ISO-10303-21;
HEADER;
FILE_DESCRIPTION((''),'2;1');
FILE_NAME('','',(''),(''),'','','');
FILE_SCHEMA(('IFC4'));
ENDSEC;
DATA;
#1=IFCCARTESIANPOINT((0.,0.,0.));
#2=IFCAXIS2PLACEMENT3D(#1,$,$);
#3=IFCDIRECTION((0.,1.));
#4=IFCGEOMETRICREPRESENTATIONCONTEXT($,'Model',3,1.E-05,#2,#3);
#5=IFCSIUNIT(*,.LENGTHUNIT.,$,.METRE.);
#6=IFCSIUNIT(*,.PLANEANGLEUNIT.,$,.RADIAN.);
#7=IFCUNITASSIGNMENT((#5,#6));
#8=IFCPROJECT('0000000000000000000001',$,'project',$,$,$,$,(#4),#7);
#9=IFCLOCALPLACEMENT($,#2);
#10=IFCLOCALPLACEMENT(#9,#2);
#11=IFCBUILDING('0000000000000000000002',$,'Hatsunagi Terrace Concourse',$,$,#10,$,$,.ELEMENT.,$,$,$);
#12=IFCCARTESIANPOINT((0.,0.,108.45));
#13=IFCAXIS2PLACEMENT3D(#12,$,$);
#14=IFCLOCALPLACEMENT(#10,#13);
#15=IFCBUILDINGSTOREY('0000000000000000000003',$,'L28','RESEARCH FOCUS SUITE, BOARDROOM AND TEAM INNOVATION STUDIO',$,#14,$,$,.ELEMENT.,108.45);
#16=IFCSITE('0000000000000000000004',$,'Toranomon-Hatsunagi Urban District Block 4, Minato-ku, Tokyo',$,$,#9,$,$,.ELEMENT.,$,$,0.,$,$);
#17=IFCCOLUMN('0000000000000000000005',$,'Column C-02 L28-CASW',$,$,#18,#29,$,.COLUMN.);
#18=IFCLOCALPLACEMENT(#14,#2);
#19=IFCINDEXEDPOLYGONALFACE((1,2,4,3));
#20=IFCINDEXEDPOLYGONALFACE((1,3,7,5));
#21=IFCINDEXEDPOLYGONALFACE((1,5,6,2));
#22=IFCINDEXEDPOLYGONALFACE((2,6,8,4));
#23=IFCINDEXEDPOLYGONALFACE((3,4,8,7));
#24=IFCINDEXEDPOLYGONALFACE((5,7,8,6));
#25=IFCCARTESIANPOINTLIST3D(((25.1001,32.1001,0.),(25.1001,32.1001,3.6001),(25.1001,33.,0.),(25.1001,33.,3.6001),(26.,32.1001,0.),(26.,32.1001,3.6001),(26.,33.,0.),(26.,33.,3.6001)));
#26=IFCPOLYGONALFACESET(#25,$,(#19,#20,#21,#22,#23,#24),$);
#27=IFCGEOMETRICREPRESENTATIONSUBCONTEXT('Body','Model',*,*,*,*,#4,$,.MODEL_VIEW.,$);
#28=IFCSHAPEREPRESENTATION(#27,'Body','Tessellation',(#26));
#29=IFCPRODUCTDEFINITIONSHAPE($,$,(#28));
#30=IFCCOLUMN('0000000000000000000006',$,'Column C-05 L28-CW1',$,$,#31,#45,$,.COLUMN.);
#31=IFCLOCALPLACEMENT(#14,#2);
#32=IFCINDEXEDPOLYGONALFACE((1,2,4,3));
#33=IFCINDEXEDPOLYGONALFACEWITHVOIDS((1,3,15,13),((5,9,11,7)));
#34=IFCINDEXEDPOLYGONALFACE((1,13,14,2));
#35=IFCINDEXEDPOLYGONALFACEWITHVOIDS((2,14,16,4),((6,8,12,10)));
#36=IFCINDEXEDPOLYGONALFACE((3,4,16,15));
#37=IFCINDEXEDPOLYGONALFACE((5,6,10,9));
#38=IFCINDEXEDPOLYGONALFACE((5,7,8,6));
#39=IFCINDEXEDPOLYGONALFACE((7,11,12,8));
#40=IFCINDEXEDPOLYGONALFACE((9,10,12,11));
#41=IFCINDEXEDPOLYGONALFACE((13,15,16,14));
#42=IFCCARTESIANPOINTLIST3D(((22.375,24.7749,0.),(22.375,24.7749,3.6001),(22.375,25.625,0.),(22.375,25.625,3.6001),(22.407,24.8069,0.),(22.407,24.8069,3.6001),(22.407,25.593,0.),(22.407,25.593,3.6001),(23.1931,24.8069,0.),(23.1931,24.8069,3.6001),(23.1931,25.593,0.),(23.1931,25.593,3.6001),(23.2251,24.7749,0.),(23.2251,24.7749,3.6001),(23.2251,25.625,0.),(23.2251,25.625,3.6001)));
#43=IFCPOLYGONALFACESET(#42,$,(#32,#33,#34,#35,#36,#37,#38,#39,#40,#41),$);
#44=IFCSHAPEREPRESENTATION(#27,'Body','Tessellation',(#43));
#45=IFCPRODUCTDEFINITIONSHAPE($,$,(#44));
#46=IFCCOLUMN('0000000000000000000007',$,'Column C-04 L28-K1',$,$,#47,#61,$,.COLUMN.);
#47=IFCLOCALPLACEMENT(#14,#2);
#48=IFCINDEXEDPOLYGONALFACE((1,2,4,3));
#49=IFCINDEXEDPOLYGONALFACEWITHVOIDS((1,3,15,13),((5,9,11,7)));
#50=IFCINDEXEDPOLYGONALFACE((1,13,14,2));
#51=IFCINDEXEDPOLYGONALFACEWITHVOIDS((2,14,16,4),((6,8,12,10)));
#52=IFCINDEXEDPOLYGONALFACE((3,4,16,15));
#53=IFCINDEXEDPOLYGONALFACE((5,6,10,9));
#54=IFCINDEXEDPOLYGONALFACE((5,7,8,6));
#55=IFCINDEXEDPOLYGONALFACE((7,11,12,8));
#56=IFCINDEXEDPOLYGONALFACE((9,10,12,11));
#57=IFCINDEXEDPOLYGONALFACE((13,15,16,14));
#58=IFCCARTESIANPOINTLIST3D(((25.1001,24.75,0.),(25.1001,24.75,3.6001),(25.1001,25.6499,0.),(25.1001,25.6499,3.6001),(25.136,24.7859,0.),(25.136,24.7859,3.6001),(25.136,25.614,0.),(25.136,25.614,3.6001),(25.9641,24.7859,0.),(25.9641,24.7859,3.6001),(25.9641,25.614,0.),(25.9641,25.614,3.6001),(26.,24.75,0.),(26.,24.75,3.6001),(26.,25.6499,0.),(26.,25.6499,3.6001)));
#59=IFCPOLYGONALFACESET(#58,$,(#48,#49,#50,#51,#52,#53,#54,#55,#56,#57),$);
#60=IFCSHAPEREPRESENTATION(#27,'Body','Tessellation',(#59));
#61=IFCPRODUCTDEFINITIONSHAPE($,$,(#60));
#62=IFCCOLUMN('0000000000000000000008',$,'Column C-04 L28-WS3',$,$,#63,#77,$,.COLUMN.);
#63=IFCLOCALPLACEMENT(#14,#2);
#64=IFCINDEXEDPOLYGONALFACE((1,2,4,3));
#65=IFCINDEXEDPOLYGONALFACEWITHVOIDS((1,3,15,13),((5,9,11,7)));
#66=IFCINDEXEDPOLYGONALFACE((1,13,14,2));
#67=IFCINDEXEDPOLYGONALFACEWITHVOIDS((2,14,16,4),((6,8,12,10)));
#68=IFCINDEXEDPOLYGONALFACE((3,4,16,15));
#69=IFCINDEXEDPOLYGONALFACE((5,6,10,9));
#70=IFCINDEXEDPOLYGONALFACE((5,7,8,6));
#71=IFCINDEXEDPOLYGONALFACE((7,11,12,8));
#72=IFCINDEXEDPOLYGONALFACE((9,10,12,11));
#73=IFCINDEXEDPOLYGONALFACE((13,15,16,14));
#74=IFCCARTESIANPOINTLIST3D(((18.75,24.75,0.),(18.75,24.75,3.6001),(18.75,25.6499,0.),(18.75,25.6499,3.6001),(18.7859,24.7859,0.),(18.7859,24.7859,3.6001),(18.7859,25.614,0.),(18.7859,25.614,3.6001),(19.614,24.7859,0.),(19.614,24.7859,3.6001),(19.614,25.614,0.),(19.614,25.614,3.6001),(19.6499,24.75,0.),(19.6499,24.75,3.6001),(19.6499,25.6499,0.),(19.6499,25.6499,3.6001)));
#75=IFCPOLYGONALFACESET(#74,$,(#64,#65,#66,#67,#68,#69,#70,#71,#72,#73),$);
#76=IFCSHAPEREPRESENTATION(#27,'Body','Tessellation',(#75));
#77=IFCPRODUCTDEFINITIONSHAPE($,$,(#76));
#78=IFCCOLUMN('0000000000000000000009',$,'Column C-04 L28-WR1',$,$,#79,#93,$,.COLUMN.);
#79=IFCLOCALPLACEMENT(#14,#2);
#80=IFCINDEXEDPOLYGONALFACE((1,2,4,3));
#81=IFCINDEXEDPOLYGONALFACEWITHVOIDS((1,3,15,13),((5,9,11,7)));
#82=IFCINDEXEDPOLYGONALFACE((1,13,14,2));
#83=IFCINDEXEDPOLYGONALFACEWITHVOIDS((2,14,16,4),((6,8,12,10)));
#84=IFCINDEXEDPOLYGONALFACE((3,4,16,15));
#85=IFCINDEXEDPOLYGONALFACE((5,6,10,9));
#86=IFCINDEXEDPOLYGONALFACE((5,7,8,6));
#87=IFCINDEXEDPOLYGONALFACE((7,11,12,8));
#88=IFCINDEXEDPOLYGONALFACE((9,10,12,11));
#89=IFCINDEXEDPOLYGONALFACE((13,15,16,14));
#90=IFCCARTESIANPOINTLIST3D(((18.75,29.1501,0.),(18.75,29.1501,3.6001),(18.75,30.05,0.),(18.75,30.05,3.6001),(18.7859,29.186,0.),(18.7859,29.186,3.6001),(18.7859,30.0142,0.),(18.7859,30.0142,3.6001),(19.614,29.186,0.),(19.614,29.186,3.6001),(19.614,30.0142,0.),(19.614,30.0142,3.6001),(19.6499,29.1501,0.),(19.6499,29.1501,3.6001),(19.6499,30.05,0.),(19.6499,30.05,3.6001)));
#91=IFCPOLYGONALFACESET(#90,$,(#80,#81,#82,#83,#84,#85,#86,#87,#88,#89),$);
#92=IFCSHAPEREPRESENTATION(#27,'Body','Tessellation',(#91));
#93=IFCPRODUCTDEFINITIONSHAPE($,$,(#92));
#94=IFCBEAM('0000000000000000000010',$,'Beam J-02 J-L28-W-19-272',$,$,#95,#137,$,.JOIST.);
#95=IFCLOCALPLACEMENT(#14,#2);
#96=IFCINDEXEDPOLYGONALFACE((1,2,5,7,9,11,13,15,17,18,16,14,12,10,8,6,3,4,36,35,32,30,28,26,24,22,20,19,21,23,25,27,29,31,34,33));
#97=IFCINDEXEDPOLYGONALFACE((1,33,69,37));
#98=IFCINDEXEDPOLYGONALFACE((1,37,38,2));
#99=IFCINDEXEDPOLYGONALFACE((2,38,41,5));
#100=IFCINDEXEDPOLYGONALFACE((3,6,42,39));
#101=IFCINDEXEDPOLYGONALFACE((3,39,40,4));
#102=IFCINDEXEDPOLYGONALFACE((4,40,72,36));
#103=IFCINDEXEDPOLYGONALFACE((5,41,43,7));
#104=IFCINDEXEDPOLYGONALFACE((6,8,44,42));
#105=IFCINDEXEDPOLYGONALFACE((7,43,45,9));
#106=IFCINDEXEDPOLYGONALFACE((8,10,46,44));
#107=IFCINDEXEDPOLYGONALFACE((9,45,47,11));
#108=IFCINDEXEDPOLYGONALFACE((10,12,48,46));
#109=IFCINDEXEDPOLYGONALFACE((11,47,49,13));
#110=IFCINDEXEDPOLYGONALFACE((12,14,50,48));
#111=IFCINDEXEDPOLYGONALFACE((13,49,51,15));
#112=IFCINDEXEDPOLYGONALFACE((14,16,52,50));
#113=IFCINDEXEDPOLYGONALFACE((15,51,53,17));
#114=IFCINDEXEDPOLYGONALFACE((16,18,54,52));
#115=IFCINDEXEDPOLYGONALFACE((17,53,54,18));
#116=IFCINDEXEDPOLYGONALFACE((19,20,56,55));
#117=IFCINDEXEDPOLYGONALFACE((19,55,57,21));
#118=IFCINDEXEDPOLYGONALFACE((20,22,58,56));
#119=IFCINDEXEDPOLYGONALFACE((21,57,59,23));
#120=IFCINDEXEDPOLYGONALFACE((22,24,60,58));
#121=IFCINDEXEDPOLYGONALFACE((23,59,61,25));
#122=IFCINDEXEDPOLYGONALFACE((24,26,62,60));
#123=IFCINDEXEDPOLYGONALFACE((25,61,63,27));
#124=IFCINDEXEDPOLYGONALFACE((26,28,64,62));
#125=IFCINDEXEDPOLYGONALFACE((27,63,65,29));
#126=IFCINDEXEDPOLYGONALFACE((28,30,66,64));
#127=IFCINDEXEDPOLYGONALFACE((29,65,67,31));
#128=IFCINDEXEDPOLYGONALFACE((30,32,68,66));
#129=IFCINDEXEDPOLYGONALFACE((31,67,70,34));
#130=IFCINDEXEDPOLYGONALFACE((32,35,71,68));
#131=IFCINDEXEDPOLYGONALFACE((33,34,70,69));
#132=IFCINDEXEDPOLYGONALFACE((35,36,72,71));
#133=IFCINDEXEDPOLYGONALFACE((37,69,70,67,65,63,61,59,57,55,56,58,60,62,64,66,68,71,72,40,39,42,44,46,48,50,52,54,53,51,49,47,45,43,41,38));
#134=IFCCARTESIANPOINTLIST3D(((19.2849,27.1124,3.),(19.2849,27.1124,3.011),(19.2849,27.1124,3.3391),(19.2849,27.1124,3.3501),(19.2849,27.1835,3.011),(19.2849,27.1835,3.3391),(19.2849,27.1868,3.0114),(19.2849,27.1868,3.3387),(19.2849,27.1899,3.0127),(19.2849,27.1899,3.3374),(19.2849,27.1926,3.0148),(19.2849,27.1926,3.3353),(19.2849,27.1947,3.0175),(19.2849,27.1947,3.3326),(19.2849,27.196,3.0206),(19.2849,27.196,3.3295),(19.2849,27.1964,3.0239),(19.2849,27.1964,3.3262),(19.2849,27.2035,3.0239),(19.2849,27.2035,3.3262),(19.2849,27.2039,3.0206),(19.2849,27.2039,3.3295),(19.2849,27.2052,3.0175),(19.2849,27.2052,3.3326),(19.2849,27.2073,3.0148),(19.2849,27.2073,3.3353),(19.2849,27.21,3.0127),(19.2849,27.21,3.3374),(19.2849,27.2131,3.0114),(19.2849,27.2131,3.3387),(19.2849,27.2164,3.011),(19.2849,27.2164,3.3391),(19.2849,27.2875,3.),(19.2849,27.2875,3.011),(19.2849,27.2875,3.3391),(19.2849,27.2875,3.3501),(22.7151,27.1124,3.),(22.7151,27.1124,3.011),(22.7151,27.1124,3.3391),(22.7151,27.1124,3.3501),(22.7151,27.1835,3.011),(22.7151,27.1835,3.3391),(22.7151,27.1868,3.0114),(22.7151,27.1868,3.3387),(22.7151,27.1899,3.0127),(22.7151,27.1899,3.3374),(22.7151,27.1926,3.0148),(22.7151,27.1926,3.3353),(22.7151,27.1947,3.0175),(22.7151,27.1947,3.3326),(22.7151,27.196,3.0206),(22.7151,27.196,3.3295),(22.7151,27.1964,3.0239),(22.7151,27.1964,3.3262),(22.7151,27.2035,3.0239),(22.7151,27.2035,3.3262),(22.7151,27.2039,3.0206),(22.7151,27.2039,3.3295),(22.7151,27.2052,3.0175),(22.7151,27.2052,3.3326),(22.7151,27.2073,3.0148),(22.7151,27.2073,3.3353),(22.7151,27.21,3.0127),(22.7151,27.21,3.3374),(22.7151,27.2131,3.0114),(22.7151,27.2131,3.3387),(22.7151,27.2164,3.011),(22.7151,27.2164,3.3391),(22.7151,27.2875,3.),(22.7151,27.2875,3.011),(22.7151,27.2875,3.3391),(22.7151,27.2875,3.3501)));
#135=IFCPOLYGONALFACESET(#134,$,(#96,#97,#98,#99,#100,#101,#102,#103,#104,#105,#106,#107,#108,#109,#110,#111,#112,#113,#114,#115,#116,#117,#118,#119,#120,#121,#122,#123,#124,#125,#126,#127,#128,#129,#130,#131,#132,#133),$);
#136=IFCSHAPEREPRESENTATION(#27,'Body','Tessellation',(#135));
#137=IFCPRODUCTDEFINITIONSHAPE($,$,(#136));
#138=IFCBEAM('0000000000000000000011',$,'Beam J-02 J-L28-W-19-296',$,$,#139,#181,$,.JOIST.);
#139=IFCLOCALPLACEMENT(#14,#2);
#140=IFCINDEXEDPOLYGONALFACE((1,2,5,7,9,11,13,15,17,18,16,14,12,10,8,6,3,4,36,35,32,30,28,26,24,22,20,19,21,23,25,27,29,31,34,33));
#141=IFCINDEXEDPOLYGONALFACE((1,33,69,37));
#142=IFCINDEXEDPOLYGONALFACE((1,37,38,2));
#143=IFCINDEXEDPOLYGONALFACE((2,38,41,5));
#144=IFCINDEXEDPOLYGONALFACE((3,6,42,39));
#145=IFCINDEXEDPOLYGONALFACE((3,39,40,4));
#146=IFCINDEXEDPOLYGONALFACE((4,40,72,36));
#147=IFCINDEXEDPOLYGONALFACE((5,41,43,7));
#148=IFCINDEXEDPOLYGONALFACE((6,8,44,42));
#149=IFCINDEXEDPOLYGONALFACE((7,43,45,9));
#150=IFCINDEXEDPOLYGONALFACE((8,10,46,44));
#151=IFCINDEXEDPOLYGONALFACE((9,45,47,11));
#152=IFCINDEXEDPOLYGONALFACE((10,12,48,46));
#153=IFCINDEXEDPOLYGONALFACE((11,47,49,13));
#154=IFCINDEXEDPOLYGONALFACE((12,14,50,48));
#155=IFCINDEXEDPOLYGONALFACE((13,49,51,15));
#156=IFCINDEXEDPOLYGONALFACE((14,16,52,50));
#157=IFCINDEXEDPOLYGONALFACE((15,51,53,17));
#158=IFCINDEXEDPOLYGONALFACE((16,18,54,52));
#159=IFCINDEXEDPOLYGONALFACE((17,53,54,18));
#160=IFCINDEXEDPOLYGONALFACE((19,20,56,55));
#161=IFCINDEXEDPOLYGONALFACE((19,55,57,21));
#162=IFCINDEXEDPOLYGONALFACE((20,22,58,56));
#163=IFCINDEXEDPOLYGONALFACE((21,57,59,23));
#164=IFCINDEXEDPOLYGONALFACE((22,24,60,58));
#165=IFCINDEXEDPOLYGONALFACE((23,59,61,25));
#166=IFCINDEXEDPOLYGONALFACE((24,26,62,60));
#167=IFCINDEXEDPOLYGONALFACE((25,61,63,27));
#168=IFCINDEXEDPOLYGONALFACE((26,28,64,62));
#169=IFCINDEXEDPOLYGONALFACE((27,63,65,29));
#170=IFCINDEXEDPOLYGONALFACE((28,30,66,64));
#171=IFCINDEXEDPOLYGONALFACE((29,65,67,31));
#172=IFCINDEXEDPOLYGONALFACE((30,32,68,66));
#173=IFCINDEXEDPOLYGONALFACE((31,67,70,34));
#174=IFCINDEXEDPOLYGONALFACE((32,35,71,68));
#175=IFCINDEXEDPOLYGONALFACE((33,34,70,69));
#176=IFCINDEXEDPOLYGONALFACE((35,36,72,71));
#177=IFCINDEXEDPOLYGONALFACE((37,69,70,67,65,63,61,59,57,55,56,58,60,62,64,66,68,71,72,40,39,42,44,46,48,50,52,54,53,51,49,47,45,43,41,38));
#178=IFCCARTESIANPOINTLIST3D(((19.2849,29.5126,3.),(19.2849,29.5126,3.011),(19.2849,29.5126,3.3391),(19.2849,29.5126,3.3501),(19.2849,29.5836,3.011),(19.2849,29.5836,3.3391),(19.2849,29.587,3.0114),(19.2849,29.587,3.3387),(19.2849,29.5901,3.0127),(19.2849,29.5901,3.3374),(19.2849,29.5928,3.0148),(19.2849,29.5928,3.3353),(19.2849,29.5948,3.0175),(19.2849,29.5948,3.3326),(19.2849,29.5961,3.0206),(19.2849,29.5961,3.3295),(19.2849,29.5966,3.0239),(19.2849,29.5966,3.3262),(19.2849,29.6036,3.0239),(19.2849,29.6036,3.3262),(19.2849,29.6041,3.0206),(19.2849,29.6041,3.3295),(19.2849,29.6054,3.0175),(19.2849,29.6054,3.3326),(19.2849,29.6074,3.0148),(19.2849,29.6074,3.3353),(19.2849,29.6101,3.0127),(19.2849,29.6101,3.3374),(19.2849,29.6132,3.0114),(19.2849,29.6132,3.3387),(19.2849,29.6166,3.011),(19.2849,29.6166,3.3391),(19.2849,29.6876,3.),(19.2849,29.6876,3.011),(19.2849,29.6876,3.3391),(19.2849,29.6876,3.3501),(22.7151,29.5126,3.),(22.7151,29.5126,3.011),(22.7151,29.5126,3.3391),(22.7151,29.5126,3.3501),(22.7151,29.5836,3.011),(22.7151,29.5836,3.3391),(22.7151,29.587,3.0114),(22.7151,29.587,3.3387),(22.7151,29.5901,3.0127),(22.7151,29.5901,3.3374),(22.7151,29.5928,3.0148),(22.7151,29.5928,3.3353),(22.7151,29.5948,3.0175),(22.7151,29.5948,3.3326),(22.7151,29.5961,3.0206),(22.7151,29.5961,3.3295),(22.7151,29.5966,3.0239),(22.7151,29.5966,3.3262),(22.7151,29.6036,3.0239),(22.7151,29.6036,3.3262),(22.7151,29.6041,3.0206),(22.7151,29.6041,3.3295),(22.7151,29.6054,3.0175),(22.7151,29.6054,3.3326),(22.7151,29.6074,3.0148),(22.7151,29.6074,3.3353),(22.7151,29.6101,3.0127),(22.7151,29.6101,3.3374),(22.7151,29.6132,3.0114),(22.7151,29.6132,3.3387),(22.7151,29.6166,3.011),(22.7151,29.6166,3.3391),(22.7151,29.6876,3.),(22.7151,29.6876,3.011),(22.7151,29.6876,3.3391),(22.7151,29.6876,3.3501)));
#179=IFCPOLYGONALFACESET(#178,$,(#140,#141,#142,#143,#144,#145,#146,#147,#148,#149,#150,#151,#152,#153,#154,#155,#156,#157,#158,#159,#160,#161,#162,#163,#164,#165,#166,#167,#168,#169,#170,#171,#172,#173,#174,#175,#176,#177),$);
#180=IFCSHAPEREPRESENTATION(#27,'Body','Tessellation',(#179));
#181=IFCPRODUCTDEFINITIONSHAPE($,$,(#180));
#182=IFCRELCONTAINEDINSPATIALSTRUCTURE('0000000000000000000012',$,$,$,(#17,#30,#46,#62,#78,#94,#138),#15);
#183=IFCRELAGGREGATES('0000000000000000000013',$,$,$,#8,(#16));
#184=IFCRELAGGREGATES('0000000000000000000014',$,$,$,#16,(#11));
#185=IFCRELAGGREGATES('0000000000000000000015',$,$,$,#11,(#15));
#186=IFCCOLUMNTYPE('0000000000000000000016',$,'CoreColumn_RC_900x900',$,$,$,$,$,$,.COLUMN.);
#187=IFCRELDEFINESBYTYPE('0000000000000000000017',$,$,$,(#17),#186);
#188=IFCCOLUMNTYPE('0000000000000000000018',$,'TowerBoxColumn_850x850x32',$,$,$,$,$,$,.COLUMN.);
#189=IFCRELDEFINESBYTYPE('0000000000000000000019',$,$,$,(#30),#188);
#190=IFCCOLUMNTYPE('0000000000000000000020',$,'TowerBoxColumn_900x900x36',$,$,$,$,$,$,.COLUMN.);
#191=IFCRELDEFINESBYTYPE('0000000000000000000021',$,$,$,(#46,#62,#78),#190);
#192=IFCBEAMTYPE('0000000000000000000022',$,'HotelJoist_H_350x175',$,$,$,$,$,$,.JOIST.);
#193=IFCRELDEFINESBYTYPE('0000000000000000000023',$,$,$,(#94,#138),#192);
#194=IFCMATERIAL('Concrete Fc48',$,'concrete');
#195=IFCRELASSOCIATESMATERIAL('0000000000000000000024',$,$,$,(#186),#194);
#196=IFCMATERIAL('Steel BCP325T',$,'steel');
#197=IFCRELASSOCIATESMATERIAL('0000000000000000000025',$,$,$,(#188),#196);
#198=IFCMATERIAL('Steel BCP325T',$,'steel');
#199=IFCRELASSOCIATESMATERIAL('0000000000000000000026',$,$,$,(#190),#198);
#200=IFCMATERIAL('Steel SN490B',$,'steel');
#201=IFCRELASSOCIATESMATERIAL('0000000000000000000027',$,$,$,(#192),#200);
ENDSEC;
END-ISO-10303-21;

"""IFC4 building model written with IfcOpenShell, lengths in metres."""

from ifc_helpers import new_model, si_unit, direction, frame, origin, origin_2d, place, context, subcontext, project, spatial, rectangle, hollow_rectangle, i_section, extrude, material, material_profile, profile_set, type_object, element, save


model = new_model("IFC4")

# Units and contexts
model_context = context("Model", 3, precision=1e-05, world=origin(), true_north=direction((0.0, 1.0)))
body_context = subcontext(model_context, "Body", "Model", "MODEL_VIEW")
ifc_project = project(units=[si_unit("LENGTHUNIT", "METRE"), si_unit("PLANEANGLEUNIT", "RADIAN")], contexts=[model_context])

# Site, building, storey
site_placement = place(None, origin())
site = spatial("IfcSite", under=ifc_project, at=site_placement, Name="Toranomon-Hatsunagi Urban District Block 4, Minato-ku, Tokyo", CompositionType="ELEMENT", RefElevation=0.0)
building_placement = place(site_placement, origin())
building = spatial("IfcBuilding", under=site, at=building_placement, Name="Hatsunagi Terrace Concourse", CompositionType="ELEMENT")
storey_placement = place(building_placement, frame((0.0, 0.0, 108.45)))
storey = spatial("IfcBuildingStorey", under=building, at=storey_placement, Name="L28", Description="RESEARCH FOCUS SUITE, BOARDROOM AND TEAM INNOVATION STUDIO", CompositionType="ELEMENT", Elevation=108.45)

# Columns
ifc_material_1 = material(Name="Concrete Fc48", Category="concrete")
ifc_material_profile_1 = material_profile(ifc_material_1, rectangle(XDim=0.8999, YDim=0.8999, at=origin_2d()), Name="RC-900x900")
ifc_profile_set_1 = profile_set([ifc_material_profile_1], Name="Concrete Fc48")
column_type_1 = type_object("IfcColumnType", Name="CoreColumn_RC_900x900", PredefinedType="COLUMN", material=ifc_profile_set_1)
column_1_placement = place(storey_placement, frame((25.55, 32.55, 0.0), z_axis=(0.0, 0.0, 1.0), x_axis=(1.0, 0.0, 0.0)))
element("IfcColumn", 1, at=column_1_placement, inside=storey, type_object=column_type_1, Name="Column C-02 L28-CASW", PredefinedType="COLUMN", context=body_context, shape_type="SweptSolid", body=[
    extrude(rectangle(XDim=0.8999, YDim=0.8999, at=origin_2d()), origin(), (0.0, 0.0, 1.0), 3.6001),
])
ifc_material_2 = material(Name="Steel BCP325T", Category="steel")
ifc_material_profile_2 = material_profile(ifc_material_2, hollow_rectangle(XDim=0.8501, YDim=0.8501, WallThickness=0.032, at=origin_2d()), Name="BCP-850x850x32")
ifc_profile_set_2 = profile_set([ifc_material_profile_2], Name="Steel BCP325T")
column_type_2 = type_object("IfcColumnType", Name="TowerBoxColumn_850x850x32", PredefinedType="COLUMN", material=ifc_profile_set_2)
column_2_placement = place(storey_placement, frame((22.8, 25.2, 0.0), z_axis=(0.0, 0.0, 1.0), x_axis=(1.0, 0.0, 0.0)))
element("IfcColumn", 2, at=column_2_placement, inside=storey, type_object=column_type_2, Name="Column C-05 L28-CW1", PredefinedType="COLUMN", context=body_context, shape_type="SweptSolid", body=[
    extrude(hollow_rectangle(XDim=0.8501, YDim=0.8501, WallThickness=0.032, at=origin_2d()), origin(), (0.0, 0.0, 1.0), 3.6001),
])
ifc_material_3 = material(Name="Steel BCP325T", Category="steel")
ifc_material_profile_3 = material_profile(ifc_material_3, hollow_rectangle(XDim=0.8999, YDim=0.8999, WallThickness=0.0359, at=origin_2d()), Name="BCP-900x900x36")
ifc_profile_set_3 = profile_set([ifc_material_profile_3], Name="Steel BCP325T")
column_type_3 = type_object("IfcColumnType", Name="TowerBoxColumn_900x900x36", PredefinedType="COLUMN", material=ifc_profile_set_3)
for number, where, z_axis, x_axis, name in (
    (3, (25.55, 25.2, 0.0), (0.0, 0.0, 1.0), (1.0, 0.0, 0.0), "Column C-04 L28-K1"),
    (4, (19.2, 25.2, 0.0), (0.0, 0.0, 1.0), (1.0, 0.0, 0.0), "Column C-04 L28-WS3"),
    (5, (19.2, 29.6001, 0.0), (0.0, 0.0, 1.0), (1.0, 0.0, 0.0), "Column C-04 L28-WR1"),
):
    element("IfcColumn", number, at=place(storey_placement, frame(where, z_axis=z_axis, x_axis=x_axis)), inside=storey, type_object=column_type_3, Name=name, PredefinedType="COLUMN", context=body_context, shape_type="SweptSolid", body=[
        extrude(hollow_rectangle(XDim=0.8999, YDim=0.8999, WallThickness=0.0359, at=origin_2d()), origin(), (0.0, 0.0, 1.0), 3.6001),
    ])

# Beams
ifc_material_4 = material(Name="Steel SN490B", Category="steel")
ifc_material_profile_4 = material_profile(ifc_material_4, i_section(OverallWidth=0.175, OverallDepth=0.3501, WebThickness=0.0071, FlangeThickness=0.011, FilletRadius=0.0129, at=origin_2d()), Name="H-350x175x7x11")
ifc_profile_set_4 = profile_set([ifc_material_profile_4], Name="Steel SN490B")
beam_type_1 = type_object("IfcBeamType", Name="HotelJoist_H_350x175", PredefinedType="JOIST", material=ifc_profile_set_4)
for number, where, z_axis, x_axis, name in (
    (6, (19.2849, 27.2, 3.175), (1.0, 0.0, 0.0), (0.0, 1.0, 0.0), "Beam J-02 J-L28-W-19-272"),
    (7, (19.2849, 29.6001, 3.175), (1.0, 0.0, 0.0), (0.0, 1.0, 0.0), "Beam J-02 J-L28-W-19-296"),
):
    element("IfcBeam", number, at=place(storey_placement, frame(where, z_axis=z_axis, x_axis=x_axis)), inside=storey, type_object=beam_type_1, Name=name, PredefinedType="JOIST", context=body_context, shape_type="SweptSolid", body=[
        extrude(i_section(OverallWidth=0.175, OverallDepth=0.3501, WebThickness=0.0071, FlangeThickness=0.011, FilletRadius=0.0129, at=origin_2d()), origin(), (0.0, 0.0, 1.0), 3.4302),
    ])

save(model, "model.ifc")
